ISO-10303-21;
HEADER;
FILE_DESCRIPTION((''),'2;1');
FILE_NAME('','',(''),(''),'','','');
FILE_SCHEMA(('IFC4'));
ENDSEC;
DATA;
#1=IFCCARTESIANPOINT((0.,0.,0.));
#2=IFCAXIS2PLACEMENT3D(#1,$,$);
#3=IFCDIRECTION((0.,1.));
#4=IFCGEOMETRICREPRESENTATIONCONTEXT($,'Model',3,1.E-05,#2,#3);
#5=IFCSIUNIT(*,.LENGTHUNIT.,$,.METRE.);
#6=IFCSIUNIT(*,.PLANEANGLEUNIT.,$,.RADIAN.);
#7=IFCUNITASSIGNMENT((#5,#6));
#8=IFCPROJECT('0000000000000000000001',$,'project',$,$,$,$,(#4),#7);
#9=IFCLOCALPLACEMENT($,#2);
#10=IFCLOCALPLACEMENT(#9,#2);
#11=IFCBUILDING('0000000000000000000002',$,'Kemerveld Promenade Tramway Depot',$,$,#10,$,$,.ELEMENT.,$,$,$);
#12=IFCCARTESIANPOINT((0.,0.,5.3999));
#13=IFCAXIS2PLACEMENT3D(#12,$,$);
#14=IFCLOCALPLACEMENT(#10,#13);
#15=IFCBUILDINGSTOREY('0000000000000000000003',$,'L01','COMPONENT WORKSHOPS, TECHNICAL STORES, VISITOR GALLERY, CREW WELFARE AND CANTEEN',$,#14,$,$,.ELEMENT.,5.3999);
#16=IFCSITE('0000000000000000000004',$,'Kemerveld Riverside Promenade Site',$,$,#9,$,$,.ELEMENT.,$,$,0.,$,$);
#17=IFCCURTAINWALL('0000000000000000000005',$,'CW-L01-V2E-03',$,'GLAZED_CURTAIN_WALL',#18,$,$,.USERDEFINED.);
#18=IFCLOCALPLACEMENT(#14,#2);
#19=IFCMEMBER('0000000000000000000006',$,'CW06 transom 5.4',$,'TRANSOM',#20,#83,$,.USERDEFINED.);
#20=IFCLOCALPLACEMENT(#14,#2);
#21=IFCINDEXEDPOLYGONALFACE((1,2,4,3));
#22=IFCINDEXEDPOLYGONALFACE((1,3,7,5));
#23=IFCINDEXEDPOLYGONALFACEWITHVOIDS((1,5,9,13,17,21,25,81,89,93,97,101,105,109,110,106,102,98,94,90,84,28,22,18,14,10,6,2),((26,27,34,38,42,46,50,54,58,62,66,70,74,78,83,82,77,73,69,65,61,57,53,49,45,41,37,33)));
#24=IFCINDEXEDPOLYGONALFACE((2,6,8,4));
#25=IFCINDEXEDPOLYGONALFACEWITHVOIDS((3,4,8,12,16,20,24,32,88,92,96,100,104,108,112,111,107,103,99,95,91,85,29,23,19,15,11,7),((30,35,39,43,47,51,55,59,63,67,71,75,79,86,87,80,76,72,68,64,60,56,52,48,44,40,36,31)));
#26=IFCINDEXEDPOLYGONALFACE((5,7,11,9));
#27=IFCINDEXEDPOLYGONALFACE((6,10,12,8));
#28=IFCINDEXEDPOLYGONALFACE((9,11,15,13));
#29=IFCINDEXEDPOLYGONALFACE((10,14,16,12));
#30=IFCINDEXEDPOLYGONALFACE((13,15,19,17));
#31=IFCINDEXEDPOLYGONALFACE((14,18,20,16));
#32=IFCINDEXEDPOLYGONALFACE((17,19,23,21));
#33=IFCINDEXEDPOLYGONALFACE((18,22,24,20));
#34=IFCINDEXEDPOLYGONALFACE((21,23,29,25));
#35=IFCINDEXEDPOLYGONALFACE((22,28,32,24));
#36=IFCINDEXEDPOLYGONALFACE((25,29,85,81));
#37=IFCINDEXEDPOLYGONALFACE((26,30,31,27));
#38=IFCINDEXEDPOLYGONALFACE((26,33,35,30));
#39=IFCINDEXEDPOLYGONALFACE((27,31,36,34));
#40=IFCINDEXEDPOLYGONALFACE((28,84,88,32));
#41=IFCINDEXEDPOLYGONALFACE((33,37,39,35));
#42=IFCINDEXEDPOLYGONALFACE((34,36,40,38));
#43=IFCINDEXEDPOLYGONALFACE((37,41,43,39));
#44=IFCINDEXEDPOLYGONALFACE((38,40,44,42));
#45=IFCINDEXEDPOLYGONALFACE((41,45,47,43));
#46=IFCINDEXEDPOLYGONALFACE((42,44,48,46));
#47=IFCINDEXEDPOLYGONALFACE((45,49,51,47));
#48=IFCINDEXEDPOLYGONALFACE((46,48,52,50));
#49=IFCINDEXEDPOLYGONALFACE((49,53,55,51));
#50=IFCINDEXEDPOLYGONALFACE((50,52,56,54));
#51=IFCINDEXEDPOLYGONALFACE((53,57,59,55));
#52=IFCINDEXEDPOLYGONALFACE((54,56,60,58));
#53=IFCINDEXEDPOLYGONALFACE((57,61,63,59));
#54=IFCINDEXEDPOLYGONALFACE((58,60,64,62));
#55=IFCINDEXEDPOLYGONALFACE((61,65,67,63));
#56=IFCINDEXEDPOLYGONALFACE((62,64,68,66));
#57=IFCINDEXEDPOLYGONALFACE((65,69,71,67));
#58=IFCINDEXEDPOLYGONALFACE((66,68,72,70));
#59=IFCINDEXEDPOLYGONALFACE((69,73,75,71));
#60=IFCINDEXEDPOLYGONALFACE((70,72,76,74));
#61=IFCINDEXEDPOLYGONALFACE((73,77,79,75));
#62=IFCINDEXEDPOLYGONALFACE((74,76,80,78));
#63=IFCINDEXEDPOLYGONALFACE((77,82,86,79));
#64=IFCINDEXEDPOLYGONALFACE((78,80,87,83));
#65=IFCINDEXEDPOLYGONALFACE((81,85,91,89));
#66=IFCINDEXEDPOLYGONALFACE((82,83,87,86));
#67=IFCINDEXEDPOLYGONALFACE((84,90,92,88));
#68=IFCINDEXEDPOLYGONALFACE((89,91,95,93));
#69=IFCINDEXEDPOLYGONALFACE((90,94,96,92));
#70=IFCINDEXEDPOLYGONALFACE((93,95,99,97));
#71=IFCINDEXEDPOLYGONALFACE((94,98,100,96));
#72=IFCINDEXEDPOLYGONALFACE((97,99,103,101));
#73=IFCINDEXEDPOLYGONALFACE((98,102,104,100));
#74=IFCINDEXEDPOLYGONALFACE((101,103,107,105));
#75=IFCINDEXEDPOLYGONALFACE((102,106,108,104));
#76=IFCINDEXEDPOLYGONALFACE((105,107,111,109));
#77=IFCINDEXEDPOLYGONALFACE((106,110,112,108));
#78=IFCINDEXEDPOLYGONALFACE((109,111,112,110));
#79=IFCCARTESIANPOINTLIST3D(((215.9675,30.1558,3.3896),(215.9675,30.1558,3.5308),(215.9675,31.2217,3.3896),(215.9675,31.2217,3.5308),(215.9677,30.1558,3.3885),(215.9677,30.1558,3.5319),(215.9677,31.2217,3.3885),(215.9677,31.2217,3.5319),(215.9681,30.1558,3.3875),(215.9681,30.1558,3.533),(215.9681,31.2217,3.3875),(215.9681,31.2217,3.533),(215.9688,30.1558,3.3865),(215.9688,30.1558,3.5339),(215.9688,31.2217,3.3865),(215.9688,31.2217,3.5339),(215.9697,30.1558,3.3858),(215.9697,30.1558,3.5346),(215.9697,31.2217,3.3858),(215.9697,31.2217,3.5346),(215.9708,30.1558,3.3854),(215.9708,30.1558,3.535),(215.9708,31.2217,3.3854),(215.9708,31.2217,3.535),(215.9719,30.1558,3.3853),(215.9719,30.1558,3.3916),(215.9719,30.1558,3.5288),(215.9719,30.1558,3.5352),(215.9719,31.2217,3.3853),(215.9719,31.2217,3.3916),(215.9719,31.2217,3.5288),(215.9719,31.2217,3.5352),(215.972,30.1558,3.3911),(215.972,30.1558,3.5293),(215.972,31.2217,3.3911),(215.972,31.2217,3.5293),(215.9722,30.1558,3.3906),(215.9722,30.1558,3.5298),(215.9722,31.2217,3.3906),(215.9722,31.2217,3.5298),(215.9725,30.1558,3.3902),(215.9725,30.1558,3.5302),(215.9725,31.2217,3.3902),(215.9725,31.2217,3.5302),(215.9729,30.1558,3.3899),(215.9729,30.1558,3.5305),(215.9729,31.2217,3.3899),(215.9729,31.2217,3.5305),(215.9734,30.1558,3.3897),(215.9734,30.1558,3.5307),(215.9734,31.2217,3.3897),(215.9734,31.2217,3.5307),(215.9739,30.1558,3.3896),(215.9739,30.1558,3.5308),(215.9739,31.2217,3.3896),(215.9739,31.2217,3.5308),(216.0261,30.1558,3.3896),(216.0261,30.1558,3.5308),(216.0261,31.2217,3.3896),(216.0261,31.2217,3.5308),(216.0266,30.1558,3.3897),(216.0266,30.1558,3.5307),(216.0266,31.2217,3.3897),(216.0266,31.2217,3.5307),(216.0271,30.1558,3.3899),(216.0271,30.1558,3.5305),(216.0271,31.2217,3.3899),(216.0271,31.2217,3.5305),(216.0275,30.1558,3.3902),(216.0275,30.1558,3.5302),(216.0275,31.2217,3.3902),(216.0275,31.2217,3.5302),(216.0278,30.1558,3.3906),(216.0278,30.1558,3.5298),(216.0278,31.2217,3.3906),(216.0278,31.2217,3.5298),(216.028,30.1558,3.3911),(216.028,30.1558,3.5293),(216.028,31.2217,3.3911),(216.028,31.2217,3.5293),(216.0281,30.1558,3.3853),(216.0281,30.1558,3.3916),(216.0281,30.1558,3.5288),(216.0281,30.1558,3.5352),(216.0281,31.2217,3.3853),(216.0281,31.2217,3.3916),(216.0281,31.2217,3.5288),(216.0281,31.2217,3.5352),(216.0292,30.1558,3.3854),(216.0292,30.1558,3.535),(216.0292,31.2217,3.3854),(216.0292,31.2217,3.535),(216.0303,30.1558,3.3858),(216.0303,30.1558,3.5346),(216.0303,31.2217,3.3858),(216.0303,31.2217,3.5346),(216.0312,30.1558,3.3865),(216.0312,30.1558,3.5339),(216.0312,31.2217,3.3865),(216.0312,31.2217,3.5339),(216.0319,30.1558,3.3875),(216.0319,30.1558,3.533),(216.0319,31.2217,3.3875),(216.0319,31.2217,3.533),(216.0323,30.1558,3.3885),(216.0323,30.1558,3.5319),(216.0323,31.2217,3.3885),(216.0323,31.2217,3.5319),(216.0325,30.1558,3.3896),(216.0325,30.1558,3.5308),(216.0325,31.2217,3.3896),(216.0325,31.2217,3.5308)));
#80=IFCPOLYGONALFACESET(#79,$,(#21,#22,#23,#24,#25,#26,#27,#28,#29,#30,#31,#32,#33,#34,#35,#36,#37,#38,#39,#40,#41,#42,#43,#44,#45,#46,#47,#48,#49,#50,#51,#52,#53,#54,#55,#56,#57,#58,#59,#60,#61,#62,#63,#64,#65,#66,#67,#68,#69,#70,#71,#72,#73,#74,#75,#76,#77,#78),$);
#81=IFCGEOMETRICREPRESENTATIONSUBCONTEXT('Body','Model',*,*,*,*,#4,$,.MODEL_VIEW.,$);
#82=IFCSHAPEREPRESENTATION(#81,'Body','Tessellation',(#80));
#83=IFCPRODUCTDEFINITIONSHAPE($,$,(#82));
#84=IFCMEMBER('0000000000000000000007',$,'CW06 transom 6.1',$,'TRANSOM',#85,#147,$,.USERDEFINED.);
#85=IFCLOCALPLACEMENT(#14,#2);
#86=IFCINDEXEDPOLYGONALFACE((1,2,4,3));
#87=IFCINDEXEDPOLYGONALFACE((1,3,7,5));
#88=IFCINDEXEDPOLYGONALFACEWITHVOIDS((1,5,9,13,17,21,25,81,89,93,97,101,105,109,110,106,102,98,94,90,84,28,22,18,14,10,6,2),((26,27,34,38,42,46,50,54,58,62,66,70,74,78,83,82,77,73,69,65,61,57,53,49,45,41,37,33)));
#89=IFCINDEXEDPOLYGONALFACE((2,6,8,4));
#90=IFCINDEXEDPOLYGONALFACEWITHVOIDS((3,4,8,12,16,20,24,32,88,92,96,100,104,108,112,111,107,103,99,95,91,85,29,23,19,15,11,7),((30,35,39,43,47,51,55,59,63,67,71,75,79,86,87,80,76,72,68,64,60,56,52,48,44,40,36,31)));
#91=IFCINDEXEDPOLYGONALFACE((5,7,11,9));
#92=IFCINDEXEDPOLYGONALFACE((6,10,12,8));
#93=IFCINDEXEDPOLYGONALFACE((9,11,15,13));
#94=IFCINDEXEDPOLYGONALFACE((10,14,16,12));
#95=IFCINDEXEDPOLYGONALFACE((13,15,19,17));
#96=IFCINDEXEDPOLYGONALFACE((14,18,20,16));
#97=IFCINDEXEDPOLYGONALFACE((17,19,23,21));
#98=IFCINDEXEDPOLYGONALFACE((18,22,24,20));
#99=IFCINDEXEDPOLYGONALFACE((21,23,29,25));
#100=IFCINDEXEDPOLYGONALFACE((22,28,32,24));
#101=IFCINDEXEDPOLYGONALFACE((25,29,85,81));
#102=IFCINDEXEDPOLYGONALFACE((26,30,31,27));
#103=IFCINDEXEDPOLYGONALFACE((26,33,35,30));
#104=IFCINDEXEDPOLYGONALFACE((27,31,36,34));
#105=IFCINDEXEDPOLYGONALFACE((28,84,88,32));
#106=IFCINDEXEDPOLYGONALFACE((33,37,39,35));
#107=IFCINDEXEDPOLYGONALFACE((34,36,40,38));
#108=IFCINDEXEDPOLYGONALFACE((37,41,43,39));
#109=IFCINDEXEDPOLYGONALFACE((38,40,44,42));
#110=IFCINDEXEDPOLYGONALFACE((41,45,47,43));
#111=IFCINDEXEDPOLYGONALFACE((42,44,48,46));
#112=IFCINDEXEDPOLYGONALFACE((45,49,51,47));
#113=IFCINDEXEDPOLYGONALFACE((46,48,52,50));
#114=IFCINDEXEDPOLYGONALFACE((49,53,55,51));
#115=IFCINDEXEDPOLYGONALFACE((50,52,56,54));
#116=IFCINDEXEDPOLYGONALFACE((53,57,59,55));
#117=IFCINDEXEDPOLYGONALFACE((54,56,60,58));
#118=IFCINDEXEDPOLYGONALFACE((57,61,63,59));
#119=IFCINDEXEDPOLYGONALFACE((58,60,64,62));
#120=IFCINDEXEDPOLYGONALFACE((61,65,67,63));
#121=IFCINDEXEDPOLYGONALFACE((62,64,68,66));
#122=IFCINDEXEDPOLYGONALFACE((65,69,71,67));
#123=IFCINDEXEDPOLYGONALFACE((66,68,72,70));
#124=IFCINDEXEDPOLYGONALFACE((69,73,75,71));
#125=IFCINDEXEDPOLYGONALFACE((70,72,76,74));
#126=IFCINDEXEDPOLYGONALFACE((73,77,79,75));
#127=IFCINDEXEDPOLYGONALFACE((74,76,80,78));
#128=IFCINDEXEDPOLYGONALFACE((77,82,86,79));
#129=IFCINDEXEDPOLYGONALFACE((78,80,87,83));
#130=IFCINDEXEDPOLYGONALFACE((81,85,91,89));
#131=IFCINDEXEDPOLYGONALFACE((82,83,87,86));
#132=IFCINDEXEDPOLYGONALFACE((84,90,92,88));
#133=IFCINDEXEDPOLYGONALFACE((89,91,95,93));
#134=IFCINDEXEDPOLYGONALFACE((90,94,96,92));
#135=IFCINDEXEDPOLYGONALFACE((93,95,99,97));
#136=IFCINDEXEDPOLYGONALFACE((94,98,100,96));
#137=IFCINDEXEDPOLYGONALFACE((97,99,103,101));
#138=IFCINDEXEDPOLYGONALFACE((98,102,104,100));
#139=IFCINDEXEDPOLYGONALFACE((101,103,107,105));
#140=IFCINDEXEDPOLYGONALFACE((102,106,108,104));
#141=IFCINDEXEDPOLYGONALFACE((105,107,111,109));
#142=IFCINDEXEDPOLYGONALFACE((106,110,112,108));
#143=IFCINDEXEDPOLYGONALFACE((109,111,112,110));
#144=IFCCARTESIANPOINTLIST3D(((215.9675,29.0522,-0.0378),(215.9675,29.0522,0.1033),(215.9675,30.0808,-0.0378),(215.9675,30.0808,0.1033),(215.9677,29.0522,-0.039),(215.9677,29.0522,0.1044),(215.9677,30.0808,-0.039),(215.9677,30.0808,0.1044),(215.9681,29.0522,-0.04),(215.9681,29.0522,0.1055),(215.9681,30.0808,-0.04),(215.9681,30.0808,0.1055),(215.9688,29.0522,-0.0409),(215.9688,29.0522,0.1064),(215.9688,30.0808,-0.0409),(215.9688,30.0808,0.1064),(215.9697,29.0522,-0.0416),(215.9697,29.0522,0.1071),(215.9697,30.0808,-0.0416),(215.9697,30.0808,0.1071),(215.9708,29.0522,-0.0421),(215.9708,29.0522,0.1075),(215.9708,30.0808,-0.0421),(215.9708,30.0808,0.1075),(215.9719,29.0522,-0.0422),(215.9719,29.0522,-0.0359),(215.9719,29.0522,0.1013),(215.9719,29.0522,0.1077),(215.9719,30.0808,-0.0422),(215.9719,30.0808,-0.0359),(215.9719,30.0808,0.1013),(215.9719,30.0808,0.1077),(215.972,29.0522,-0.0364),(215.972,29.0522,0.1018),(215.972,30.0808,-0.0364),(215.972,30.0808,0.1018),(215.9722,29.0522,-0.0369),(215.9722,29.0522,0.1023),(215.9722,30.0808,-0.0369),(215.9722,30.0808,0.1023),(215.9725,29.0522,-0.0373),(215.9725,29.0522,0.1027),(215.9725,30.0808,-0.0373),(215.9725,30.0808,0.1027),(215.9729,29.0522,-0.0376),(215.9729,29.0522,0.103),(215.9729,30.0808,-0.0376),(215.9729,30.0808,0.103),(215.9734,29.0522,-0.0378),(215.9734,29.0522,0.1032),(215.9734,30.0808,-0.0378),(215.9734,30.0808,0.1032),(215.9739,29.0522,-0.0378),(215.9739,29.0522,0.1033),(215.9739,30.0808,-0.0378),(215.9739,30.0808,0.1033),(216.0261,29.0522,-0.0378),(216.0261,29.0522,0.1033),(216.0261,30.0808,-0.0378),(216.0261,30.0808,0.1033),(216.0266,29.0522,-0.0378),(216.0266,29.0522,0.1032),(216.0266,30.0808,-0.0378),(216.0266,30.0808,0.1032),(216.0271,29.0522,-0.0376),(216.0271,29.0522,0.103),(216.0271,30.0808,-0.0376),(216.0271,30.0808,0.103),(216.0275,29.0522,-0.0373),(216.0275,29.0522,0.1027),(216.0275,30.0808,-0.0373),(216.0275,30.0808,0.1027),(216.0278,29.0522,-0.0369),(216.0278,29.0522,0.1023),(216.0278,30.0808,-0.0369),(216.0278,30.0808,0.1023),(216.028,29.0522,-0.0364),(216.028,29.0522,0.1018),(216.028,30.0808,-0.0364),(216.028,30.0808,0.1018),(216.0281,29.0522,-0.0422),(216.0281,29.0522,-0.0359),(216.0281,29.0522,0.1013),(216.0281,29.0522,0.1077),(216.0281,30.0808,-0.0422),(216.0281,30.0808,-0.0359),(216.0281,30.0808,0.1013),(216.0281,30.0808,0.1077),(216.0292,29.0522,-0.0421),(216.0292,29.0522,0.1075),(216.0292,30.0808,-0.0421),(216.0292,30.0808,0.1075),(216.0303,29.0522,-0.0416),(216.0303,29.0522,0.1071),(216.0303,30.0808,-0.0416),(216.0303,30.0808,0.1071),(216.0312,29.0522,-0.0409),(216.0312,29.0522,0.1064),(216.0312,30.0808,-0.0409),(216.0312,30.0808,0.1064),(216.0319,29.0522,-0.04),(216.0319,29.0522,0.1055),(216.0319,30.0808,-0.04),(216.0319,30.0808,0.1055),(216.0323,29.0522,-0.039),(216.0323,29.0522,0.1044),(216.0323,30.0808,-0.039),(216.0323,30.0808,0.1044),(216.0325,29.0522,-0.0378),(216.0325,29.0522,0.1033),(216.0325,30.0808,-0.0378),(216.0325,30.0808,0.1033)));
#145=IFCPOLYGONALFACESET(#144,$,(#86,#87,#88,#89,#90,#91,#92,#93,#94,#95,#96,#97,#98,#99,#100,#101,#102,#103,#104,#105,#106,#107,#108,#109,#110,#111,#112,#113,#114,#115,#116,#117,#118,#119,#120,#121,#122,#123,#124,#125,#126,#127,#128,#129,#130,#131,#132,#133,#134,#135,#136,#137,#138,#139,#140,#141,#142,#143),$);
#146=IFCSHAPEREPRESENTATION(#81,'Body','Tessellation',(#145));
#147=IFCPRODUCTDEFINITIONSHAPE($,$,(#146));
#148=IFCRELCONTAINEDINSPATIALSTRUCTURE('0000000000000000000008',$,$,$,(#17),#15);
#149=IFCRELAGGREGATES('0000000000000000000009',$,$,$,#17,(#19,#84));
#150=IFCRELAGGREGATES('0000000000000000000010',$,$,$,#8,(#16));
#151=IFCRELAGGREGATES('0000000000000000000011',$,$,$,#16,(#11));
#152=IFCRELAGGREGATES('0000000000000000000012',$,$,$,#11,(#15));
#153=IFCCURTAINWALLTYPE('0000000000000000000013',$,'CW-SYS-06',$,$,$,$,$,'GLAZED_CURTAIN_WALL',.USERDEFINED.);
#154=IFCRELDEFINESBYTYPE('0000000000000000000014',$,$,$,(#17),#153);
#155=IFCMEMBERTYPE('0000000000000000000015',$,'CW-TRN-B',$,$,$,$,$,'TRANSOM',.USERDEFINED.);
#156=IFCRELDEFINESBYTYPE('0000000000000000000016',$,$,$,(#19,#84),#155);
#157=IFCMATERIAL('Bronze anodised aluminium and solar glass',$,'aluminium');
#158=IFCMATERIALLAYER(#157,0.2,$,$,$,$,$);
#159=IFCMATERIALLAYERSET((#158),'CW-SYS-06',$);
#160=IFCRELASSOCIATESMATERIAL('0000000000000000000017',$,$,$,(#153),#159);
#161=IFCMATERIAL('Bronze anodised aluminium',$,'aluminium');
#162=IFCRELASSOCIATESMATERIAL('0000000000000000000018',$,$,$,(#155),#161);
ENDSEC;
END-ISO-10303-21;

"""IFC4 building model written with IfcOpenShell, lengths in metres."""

from ifc_helpers import new_model, si_unit, direction, frame, origin, origin_2d, place, context, subcontext, project, spatial, hollow_rectangle, extrude, material, layer, layer_set, material_profile, profile_set, type_object, element, aggregate, save


model = new_model("IFC4")

# Units and contexts
model_context = context("Model", 3, precision=1e-05, world=origin(), true_north=direction((0.0, 1.0)))
body_context = subcontext(model_context, "Body", "Model", "MODEL_VIEW")
ifc_project = project(units=[si_unit("LENGTHUNIT", "METRE"), si_unit("PLANEANGLEUNIT", "RADIAN")], contexts=[model_context])

# Site, building, storey
site_placement = place(None, origin())
site = spatial("IfcSite", under=ifc_project, at=site_placement, Name="Kemerveld Riverside Promenade Site", CompositionType="ELEMENT", RefElevation=0.0)
building_placement = place(site_placement, origin())
building = spatial("IfcBuilding", under=site, at=building_placement, Name="Kemerveld Promenade Tramway Depot", CompositionType="ELEMENT")
storey_placement = place(building_placement, frame((0.0, 0.0, 5.3999)))
storey = spatial("IfcBuildingStorey", under=building, at=storey_placement, Name="L01", Description="COMPONENT WORKSHOPS, TECHNICAL STORES, VISITOR GALLERY, CREW WELFARE AND CANTEEN", CompositionType="ELEMENT", Elevation=5.3999)

# Curtain wall
ifc_material_1 = material(Name="Bronze anodised aluminium and solar glass", Category="aluminium")
ifc_layer_1 = layer(ifc_material_1, 0.2)
ifc_layer_set_1 = layer_set([ifc_layer_1], Name="CW-SYS-06")
curtain_wall_type_1 = type_object("IfcCurtainWallType", Name="CW-SYS-06", ElementType="GLAZED_CURTAIN_WALL", PredefinedType="USERDEFINED", material=ifc_layer_set_1)
curtain_wall_1_placement = place(storey_placement, origin())
curtain_wall_1 = element("IfcCurtainWall", 1, at=curtain_wall_1_placement, inside=storey, type_object=curtain_wall_type_1, Name="CW-L01-V2E-03", ObjectType="GLAZED_CURTAIN_WALL", PredefinedType="USERDEFINED")
ifc_material_2 = material(Name="Bronze anodised aluminium", Category="aluminium")

# Members
ifc_material_profile_1 = material_profile(ifc_material_2, hollow_rectangle(XDim=0.0649, YDim=0.1499, WallThickness=0.0044, InnerFilletRadius=0.002, OuterFilletRadius=0.0044, at=origin_2d()), Name="CW-TRN-150x65")
ifc_profile_set_1 = profile_set([ifc_material_profile_1], Name="Bronze anodised aluminium")
member_type_1 = type_object("IfcMemberType", Name="CW-TRN-B", ElementType="TRANSOM", PredefinedType="USERDEFINED", material=ifc_profile_set_1)
member_1_placement = place(storey_placement, frame((216.0, 31.2217, 3.4602), z_axis=(0.0, -1.0, 0.0), x_axis=(1.0, 0.0, 0.0)))
member_1 = element("IfcMember", 2, at=member_1_placement, type_object=member_type_1, Name="CW06 transom 5.4", ObjectType="TRANSOM", PredefinedType="USERDEFINED", context=body_context, shape_type="SweptSolid", body=[
    extrude(hollow_rectangle(XDim=0.0649, YDim=0.1499, WallThickness=0.0044, InnerFilletRadius=0.002, OuterFilletRadius=0.0044, at=origin_2d()), origin(), (0.0, 0.0, 1.0), 1.0659),
])
member_2_placement = place(storey_placement, frame((216.0, 30.0808, 0.0327), z_axis=(0.0, -1.0, 0.0), x_axis=(1.0, 0.0, 0.0)))
member_2 = element("IfcMember", 3, at=member_2_placement, type_object=member_type_1, Name="CW06 transom 6.1", ObjectType="TRANSOM", PredefinedType="USERDEFINED", context=body_context, shape_type="SweptSolid", body=[
    extrude(hollow_rectangle(XDim=0.0649, YDim=0.1499, WallThickness=0.0044, InnerFilletRadius=0.002, OuterFilletRadius=0.0044, at=origin_2d()), origin(), (0.0, 0.0, 1.0), 1.0286),
])

aggregate(curtain_wall_1, [member_1, member_2])

save(model, "model.ifc")
